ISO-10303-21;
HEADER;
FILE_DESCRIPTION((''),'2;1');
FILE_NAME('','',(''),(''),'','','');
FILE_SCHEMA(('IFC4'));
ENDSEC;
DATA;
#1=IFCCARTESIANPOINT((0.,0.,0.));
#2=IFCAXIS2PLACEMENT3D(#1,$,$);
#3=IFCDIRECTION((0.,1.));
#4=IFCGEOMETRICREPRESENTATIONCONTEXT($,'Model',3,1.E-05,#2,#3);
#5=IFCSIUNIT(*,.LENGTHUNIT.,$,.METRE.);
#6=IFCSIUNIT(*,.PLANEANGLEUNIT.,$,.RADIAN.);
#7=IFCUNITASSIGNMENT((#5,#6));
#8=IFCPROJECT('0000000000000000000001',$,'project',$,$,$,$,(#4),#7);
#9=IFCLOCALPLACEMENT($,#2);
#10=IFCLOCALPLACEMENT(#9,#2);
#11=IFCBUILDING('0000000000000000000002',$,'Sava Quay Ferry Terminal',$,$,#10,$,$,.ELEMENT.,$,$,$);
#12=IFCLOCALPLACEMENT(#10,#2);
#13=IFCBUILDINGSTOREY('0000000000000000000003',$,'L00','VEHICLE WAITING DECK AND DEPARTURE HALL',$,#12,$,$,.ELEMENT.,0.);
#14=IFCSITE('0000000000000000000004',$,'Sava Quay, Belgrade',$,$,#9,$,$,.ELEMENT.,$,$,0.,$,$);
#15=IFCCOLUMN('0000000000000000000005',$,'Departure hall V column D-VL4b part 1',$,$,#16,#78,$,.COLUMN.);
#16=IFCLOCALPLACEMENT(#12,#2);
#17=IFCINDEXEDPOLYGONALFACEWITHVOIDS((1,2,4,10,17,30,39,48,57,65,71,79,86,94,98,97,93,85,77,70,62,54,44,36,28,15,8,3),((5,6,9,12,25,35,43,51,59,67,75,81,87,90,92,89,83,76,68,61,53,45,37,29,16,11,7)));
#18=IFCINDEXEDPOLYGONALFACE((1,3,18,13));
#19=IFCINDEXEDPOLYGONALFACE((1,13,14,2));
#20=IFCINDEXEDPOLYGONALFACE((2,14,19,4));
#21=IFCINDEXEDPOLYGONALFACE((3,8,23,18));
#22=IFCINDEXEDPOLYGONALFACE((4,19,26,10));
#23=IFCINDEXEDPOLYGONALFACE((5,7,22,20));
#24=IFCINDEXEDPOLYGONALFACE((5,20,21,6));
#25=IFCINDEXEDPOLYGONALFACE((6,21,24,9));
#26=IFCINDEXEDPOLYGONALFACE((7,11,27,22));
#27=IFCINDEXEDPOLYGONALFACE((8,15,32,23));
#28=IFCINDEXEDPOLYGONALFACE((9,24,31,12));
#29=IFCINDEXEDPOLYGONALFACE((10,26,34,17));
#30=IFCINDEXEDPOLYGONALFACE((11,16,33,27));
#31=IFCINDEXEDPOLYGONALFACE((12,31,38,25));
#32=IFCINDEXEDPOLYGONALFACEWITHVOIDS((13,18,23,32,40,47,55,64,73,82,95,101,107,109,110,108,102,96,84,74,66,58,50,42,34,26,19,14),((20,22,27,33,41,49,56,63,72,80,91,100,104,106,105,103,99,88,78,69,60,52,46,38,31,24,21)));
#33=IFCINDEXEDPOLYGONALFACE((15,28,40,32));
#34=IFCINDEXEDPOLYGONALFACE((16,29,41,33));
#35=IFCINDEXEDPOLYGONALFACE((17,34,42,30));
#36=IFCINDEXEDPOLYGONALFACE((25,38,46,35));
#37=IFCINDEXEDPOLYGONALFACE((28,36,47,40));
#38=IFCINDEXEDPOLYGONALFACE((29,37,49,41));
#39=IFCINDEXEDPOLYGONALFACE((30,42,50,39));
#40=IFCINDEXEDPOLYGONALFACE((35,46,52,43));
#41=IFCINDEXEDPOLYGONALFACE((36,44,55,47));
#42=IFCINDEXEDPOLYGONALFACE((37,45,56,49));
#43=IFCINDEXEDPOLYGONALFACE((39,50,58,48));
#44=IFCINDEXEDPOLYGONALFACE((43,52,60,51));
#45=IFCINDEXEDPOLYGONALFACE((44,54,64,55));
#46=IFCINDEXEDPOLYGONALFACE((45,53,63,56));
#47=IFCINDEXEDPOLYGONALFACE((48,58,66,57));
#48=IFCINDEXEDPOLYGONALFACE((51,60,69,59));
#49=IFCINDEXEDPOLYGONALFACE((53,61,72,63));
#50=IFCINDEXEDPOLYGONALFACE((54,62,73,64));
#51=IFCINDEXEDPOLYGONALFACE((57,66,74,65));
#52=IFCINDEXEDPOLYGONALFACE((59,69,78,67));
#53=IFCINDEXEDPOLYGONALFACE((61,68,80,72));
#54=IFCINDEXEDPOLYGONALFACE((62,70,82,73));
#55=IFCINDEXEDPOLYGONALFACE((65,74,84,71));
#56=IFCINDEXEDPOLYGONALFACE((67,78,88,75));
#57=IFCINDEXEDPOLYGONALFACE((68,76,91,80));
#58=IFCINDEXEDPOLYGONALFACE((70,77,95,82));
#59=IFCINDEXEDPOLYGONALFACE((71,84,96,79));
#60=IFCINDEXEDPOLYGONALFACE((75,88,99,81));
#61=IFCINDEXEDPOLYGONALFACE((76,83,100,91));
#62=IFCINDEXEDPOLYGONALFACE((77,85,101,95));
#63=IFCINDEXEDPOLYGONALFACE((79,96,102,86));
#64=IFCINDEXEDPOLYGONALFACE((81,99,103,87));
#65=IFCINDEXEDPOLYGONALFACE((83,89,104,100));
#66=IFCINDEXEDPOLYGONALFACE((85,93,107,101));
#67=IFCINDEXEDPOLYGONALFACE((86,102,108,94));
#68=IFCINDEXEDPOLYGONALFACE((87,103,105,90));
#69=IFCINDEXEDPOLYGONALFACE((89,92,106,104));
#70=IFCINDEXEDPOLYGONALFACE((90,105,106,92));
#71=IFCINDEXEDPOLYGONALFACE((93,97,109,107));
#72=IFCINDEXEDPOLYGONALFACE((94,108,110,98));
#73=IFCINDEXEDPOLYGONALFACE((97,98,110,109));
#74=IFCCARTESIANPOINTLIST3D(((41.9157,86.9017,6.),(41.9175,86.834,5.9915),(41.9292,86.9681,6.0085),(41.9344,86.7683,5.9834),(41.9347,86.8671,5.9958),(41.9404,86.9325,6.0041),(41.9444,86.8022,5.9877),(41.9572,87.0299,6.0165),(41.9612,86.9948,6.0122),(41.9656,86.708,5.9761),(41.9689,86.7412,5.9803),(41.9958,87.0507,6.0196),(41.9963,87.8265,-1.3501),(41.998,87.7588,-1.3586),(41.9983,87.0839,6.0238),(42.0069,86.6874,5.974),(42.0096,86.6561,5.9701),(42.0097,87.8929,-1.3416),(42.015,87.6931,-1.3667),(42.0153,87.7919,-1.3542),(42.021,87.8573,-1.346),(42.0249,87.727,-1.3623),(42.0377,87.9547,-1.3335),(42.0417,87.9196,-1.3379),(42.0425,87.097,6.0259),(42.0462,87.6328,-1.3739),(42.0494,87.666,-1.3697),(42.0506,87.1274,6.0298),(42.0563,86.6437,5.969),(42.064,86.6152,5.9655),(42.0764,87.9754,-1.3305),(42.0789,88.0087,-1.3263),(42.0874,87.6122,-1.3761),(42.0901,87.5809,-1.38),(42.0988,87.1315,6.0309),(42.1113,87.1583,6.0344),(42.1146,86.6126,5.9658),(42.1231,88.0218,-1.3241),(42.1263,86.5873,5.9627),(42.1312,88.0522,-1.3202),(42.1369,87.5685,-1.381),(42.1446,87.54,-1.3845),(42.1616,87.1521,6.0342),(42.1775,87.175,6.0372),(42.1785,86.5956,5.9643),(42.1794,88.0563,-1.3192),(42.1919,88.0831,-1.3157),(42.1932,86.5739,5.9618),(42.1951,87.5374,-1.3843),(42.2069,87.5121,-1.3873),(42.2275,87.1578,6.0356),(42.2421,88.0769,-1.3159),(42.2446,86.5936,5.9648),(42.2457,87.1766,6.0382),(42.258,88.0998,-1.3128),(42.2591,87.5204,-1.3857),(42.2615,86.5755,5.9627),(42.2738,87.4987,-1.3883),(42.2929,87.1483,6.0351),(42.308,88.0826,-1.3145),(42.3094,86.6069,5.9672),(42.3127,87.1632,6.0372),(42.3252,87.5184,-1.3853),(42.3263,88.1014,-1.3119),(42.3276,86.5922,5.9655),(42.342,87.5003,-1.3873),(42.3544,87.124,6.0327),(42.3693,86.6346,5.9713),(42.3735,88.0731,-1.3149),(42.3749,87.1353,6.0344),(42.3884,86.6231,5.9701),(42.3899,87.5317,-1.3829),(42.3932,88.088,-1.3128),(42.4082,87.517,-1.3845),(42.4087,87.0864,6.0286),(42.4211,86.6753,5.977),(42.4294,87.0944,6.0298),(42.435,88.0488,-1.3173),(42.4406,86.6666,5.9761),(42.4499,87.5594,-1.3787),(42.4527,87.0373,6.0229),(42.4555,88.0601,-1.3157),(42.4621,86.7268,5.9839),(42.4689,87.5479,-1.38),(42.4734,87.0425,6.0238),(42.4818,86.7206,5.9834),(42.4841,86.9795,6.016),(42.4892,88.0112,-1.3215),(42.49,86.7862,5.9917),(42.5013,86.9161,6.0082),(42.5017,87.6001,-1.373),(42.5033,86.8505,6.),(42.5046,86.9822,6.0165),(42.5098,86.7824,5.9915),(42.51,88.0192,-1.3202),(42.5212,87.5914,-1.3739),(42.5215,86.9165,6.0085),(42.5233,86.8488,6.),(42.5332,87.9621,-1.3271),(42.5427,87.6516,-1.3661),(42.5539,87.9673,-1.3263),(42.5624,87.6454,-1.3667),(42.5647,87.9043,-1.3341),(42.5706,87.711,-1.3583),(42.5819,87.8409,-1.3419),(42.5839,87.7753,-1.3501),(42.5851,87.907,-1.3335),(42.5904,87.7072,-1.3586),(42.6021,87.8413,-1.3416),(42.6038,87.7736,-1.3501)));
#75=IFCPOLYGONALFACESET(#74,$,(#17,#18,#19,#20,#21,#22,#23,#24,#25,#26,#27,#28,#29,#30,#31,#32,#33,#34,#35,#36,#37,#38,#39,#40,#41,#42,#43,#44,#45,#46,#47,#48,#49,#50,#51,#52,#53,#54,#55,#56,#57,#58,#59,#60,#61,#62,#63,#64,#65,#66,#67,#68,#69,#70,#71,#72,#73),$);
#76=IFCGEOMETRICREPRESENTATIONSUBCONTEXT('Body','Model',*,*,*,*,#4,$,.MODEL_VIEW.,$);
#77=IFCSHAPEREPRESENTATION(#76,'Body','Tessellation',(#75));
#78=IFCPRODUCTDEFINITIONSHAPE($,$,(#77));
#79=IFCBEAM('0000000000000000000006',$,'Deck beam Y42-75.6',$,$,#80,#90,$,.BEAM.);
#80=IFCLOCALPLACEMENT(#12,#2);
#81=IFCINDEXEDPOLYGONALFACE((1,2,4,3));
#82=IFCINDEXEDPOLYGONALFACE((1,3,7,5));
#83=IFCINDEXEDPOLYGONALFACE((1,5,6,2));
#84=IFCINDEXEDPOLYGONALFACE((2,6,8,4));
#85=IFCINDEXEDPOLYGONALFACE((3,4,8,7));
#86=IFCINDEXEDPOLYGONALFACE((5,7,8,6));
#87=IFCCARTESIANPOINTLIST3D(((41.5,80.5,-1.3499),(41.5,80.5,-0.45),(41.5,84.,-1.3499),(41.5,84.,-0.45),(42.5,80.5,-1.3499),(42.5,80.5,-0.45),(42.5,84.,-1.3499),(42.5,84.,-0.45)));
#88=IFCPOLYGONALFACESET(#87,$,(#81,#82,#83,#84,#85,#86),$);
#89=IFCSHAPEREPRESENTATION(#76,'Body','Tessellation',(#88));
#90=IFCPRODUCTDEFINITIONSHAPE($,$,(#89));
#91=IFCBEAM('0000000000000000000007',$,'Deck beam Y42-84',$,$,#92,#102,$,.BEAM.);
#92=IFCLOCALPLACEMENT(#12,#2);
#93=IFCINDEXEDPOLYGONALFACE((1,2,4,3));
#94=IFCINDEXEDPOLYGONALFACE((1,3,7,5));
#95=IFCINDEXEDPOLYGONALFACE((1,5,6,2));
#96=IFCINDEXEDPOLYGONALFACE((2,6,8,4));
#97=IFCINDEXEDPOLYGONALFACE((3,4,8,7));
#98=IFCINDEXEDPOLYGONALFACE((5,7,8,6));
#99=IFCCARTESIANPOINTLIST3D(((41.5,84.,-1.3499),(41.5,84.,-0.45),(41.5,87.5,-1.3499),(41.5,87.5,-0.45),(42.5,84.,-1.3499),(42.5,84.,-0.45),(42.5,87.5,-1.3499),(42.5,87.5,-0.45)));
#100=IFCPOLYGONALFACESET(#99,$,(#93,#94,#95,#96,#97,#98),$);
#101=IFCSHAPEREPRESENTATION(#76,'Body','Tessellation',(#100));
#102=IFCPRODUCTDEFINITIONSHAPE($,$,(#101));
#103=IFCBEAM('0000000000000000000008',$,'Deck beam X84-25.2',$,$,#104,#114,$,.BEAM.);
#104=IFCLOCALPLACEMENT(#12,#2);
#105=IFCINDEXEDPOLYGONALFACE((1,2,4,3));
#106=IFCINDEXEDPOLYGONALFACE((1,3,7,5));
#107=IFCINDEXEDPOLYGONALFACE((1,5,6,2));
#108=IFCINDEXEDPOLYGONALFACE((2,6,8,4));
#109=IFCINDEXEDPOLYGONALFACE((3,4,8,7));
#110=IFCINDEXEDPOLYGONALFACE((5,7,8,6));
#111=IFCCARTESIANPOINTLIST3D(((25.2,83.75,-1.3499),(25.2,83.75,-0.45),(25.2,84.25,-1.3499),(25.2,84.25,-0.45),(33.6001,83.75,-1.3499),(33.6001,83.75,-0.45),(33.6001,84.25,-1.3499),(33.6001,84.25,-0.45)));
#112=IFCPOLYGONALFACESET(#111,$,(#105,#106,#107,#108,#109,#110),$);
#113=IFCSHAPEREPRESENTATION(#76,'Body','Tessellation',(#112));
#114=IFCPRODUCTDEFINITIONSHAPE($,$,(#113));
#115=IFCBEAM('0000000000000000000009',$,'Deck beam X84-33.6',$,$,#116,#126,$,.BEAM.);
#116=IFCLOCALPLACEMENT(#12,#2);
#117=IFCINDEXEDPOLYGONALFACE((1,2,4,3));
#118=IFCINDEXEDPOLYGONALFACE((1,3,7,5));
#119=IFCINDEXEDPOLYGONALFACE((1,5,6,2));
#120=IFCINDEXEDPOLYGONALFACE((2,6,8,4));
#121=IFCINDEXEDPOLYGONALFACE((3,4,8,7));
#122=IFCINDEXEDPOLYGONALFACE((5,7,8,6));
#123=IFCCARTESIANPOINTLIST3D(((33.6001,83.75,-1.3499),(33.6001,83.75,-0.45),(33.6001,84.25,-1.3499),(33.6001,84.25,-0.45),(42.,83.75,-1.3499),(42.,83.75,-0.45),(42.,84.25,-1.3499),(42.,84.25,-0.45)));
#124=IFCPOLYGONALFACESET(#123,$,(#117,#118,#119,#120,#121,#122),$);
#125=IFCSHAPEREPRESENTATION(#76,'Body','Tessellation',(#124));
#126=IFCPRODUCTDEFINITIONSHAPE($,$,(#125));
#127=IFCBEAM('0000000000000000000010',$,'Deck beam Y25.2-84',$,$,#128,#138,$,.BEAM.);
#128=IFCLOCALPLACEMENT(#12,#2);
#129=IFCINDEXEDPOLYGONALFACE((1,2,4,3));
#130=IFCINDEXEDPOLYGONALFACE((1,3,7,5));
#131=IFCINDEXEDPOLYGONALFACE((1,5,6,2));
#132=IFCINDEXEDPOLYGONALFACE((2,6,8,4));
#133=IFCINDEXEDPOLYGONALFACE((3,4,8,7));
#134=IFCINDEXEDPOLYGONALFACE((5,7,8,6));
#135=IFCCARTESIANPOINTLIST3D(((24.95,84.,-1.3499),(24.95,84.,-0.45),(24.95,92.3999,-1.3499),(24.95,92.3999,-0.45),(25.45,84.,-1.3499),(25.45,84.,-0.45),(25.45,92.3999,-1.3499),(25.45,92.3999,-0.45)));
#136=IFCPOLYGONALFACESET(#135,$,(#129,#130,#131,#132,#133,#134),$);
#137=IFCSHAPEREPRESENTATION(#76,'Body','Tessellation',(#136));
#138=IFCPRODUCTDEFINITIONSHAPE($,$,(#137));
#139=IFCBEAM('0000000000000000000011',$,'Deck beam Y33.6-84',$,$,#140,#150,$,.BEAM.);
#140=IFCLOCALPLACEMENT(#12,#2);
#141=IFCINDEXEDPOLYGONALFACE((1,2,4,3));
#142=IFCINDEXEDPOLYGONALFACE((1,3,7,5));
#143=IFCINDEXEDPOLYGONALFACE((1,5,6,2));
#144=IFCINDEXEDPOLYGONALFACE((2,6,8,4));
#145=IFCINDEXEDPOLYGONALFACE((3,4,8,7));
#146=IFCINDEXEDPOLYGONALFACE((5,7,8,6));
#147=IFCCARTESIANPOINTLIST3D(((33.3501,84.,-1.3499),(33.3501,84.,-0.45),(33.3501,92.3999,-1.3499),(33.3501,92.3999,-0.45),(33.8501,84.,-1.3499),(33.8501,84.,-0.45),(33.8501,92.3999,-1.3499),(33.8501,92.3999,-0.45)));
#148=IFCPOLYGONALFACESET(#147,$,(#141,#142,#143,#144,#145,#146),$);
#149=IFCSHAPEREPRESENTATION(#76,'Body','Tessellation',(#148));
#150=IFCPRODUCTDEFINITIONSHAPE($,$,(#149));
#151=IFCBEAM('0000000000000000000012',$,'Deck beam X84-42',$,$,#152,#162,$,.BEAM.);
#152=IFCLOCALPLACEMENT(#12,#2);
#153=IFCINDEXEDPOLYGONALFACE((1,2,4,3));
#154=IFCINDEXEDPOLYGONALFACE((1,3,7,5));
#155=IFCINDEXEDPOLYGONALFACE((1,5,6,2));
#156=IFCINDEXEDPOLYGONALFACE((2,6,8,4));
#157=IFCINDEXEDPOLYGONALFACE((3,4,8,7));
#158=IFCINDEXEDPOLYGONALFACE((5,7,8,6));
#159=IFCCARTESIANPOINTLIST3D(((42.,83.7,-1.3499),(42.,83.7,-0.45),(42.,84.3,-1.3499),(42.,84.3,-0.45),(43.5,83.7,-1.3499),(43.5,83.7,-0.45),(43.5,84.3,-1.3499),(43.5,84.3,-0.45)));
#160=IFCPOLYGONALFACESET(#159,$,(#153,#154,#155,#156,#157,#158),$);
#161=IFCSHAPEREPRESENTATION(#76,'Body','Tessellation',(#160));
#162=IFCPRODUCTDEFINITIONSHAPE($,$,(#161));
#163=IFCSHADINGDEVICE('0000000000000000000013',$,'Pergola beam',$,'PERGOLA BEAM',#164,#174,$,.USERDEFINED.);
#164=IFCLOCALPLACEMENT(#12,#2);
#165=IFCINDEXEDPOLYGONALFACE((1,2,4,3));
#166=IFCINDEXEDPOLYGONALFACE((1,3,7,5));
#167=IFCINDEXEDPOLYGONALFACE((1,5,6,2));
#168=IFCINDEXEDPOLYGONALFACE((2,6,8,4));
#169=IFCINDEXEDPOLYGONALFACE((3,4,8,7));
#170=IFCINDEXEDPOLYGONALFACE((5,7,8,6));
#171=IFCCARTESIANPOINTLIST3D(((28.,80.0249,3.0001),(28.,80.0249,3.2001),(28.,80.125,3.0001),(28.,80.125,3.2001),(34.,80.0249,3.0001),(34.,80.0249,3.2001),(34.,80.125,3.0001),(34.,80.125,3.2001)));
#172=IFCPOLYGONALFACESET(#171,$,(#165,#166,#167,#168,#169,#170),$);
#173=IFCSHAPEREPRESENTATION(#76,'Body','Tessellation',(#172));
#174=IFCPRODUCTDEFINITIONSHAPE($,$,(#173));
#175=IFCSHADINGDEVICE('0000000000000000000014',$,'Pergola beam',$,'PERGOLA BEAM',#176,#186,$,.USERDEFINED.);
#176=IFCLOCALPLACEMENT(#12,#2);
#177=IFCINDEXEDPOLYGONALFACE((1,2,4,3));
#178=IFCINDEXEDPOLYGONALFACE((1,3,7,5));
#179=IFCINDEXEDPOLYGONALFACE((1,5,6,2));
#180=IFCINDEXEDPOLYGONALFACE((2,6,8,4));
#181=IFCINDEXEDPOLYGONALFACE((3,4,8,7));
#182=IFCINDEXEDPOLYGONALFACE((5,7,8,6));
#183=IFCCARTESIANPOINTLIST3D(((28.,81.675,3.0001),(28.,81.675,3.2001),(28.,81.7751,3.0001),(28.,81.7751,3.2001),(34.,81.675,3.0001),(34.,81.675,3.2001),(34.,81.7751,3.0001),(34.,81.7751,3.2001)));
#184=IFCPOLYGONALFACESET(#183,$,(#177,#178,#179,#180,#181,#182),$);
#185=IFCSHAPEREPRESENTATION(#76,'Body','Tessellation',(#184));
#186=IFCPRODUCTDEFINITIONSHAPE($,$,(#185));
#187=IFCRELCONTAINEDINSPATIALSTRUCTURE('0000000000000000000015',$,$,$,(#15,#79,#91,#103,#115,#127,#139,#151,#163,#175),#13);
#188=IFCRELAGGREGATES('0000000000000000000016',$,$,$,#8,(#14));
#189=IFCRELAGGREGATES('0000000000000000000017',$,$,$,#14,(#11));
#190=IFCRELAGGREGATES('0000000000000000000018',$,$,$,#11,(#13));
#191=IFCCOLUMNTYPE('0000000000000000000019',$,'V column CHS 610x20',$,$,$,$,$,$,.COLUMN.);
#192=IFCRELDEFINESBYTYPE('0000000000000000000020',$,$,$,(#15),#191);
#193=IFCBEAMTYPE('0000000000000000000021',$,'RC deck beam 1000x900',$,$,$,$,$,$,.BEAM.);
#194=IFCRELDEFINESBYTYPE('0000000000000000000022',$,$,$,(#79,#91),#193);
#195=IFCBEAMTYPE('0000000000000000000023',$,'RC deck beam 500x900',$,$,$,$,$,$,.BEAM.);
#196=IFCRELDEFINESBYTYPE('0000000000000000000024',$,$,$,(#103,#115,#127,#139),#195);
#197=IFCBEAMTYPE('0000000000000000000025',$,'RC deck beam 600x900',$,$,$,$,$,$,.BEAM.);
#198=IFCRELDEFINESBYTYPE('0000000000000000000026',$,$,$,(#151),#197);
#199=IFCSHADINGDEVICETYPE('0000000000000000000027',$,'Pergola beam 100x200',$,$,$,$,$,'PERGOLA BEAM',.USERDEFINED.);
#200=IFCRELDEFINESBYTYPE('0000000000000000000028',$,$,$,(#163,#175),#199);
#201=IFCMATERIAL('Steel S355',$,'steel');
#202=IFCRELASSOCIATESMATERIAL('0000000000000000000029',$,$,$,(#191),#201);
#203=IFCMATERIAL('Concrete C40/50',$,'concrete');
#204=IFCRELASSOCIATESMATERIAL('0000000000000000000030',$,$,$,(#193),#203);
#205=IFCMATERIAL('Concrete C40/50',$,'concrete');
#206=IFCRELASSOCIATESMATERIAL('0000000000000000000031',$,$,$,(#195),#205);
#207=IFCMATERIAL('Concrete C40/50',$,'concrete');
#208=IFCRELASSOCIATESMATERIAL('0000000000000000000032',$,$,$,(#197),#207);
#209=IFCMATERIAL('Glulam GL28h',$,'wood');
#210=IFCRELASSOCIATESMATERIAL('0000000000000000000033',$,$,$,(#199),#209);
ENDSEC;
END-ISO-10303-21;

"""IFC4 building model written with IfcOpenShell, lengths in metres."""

from ifc_helpers import new_model, si_unit, direction, frame, origin, origin_2d, place, context, subcontext, project, spatial, rectangle, hollow_circle, extrude, material, material_profile, profile_set, type_object, element, save


model = new_model("IFC4")

# Units and contexts
model_context = context("Model", 3, precision=1e-05, world=origin(), true_north=direction((0.0, 1.0)))
body_context = subcontext(model_context, "Body", "Model", "MODEL_VIEW")
ifc_project = project(units=[si_unit("LENGTHUNIT", "METRE"), si_unit("PLANEANGLEUNIT", "RADIAN")], contexts=[model_context])

# Site, building, storey
site_placement = place(None, origin())
site = spatial("IfcSite", under=ifc_project, at=site_placement, Name="Sava Quay, Belgrade", CompositionType="ELEMENT", RefElevation=0.0)
building_placement = place(site_placement, origin())
building = spatial("IfcBuilding", under=site, at=building_placement, Name="Sava Quay Ferry Terminal", CompositionType="ELEMENT")
storey_placement = place(building_placement, origin())
storey = spatial("IfcBuildingStorey", under=building, at=storey_placement, Name="L00", Description="VEHICLE WAITING DECK AND DEPARTURE HALL", CompositionType="ELEMENT", Elevation=0.0)

# Column
ifc_material_1 = material(Name="Steel S355", Category="steel")
ifc_material_profile_1 = material_profile(ifc_material_1, hollow_circle(Radius=0.3049, WallThickness=0.02, at=origin_2d()), Name="CHS 610 x 20.0")
ifc_profile_set_1 = profile_set([ifc_material_profile_1], Name="Steel S355")
column_type = type_object("IfcColumnType", Name="V column CHS 610x20", PredefinedType="COLUMN", material=ifc_profile_set_1)
for number, where, z_axis, x_axis, name in (
    (1, (42.3, 87.8, -1.3501), (-0.010875, -0.12483, 0.992118), (0.996227, -0.086788, 0.0), "Departure hall V column D-VL4b part 1"),
):
    element("IfcColumn", number, at=place(storey_placement, frame(where, z_axis=z_axis, x_axis=x_axis)), inside=storey, type_object=column_type, Name=name, PredefinedType="COLUMN", context=body_context, shape_type="SweptSolid", body=[
        extrude(hollow_circle(Radius=0.3049, WallThickness=0.02, at=origin_2d()), origin(), (0.0, 0.0, 1.0), 7.4084),
    ])

# Beams
ifc_material_2 = material(Name="Concrete C40/50", Category="concrete")
ifc_material_profile_2 = material_profile(ifc_material_2, rectangle(XDim=1.0, YDim=0.8999, at=origin_2d()), Name="RC 1000x900")
ifc_profile_set_2 = profile_set([ifc_material_profile_2], Name="Concrete C40/50")
beam_type_1 = type_object("IfcBeamType", Name="RC deck beam 1000x900", PredefinedType="BEAM", material=ifc_profile_set_2)
for number, where, z_axis, x_axis, name in (
    (2, (42.0, 80.5, -0.8999), (0.0, 1.0, 0.0), (-1.0, 0.0, 0.0), "Deck beam Y42-75.6"),
    (3, (42.0, 84.0, -0.8999), (0.0, 1.0, 0.0), (-1.0, 0.0, 0.0), "Deck beam Y42-84"),
):
    element("IfcBeam", number, at=place(storey_placement, frame(where, z_axis=z_axis, x_axis=x_axis)), inside=storey, type_object=beam_type_1, Name=name, PredefinedType="BEAM", context=body_context, shape_type="SweptSolid", body=[
        extrude(rectangle(XDim=1.0, YDim=0.8999, at=origin_2d()), origin(), (0.0, 0.0, 1.0), 3.5),
    ])
ifc_material_3 = material(Name="Concrete C40/50", Category="concrete")
ifc_material_profile_3 = material_profile(ifc_material_3, rectangle(XDim=0.5, YDim=0.8999, at=origin_2d()), Name="RC 500x900")
ifc_profile_set_3 = profile_set([ifc_material_profile_3], Name="Concrete C40/50")
beam_type_2 = type_object("IfcBeamType", Name="RC deck beam 500x900", PredefinedType="BEAM", material=ifc_profile_set_3)
beam_1_placement = place(storey_placement, frame((25.2, 84.0, -0.8999), z_axis=(1.0, 0.0, 0.0), x_axis=(0.0, 1.0, 0.0)))
element("IfcBeam", 4, at=beam_1_placement, inside=storey, type_object=beam_type_2, Name="Deck beam X84-25.2", PredefinedType="BEAM", context=body_context, shape_type="SweptSolid", body=[
    extrude(rectangle(XDim=0.5, YDim=0.8999, at=origin_2d()), origin(), (0.0, 0.0, 1.0), 8.4001),
])
for number, where, z_axis, x_axis, name in (
    (5, (33.6001, 84.0, -0.8999), (1.0, 0.0, 0.0), (0.0, 1.0, 0.0), "Deck beam X84-33.6"),
    (6, (25.2, 84.0, -0.8999), (0.0, 1.0, 0.0), (-1.0, 0.0, 0.0), "Deck beam Y25.2-84"),
    (7, (33.6001, 84.0, -0.8999), (0.0, 1.0, 0.0), (-1.0, 0.0, 0.0), "Deck beam Y33.6-84"),
):
    element("IfcBeam", number, at=place(storey_placement, frame(where, z_axis=z_axis, x_axis=x_axis)), inside=storey, type_object=beam_type_2, Name=name, PredefinedType="BEAM", context=body_context, shape_type="SweptSolid", body=[
        extrude(rectangle(XDim=0.5, YDim=0.8999, at=origin_2d()), origin(), (0.0, 0.0, 1.0), 8.3999),
    ])
ifc_material_4 = material(Name="Concrete C40/50", Category="concrete")
ifc_material_profile_4 = material_profile(ifc_material_4, rectangle(XDim=0.6001, YDim=0.8999, at=origin_2d()), Name="RC 600x900")
ifc_profile_set_4 = profile_set([ifc_material_profile_4], Name="Concrete C40/50")
beam_type_3 = type_object("IfcBeamType", Name="RC deck beam 600x900", PredefinedType="BEAM", material=ifc_profile_set_4)
beam_2_placement = place(storey_placement, frame((42.0, 84.0, -0.8999), z_axis=(1.0, 0.0, 0.0), x_axis=(0.0, 1.0, 0.0)))
element("IfcBeam", 8, at=beam_2_placement, inside=storey, type_object=beam_type_3, Name="Deck beam X84-42", PredefinedType="BEAM", context=body_context, shape_type="SweptSolid", body=[
    extrude(rectangle(XDim=0.6001, YDim=0.8999, at=origin_2d()), origin(), (0.0, 0.0, 1.0), 1.5),
])

# Shading devices
ifc_material_5 = material(Name="Glulam GL28h", Category="wood")
ifc_material_profile_5 = material_profile(ifc_material_5, rectangle(XDim=0.1001, YDim=0.2, at=origin_2d()), Name="Pergola 100 x 200")
ifc_profile_set_5 = profile_set([ifc_material_profile_5], Name="Glulam GL28h")
shading_device_type_1 = type_object("IfcShadingDeviceType", Name="Pergola beam 100x200", ElementType="PERGOLA BEAM", PredefinedType="USERDEFINED", material=ifc_profile_set_5)
for number, where, z_axis, x_axis, name in (
    (9, (28.0, 80.075, 3.1001), (1.0, 0.0, 0.0), (0.0, 1.0, 0.0), "Pergola beam"),
    (10, (28.0, 81.7251, 3.1001), (1.0, 0.0, 0.0), (0.0, 1.0, 0.0), "Pergola beam"),
):
    element("IfcShadingDevice", number, at=place(storey_placement, frame(where, z_axis=z_axis, x_axis=x_axis)), inside=storey, type_object=shading_device_type_1, Name=name, ObjectType="PERGOLA BEAM", PredefinedType="USERDEFINED", context=body_context, shape_type="SweptSolid", body=[
        extrude(rectangle(XDim=0.1001, YDim=0.2, at=origin_2d()), origin(), (0.0, 0.0, 1.0), 6.0),
    ])

save(model, "model.ifc")
